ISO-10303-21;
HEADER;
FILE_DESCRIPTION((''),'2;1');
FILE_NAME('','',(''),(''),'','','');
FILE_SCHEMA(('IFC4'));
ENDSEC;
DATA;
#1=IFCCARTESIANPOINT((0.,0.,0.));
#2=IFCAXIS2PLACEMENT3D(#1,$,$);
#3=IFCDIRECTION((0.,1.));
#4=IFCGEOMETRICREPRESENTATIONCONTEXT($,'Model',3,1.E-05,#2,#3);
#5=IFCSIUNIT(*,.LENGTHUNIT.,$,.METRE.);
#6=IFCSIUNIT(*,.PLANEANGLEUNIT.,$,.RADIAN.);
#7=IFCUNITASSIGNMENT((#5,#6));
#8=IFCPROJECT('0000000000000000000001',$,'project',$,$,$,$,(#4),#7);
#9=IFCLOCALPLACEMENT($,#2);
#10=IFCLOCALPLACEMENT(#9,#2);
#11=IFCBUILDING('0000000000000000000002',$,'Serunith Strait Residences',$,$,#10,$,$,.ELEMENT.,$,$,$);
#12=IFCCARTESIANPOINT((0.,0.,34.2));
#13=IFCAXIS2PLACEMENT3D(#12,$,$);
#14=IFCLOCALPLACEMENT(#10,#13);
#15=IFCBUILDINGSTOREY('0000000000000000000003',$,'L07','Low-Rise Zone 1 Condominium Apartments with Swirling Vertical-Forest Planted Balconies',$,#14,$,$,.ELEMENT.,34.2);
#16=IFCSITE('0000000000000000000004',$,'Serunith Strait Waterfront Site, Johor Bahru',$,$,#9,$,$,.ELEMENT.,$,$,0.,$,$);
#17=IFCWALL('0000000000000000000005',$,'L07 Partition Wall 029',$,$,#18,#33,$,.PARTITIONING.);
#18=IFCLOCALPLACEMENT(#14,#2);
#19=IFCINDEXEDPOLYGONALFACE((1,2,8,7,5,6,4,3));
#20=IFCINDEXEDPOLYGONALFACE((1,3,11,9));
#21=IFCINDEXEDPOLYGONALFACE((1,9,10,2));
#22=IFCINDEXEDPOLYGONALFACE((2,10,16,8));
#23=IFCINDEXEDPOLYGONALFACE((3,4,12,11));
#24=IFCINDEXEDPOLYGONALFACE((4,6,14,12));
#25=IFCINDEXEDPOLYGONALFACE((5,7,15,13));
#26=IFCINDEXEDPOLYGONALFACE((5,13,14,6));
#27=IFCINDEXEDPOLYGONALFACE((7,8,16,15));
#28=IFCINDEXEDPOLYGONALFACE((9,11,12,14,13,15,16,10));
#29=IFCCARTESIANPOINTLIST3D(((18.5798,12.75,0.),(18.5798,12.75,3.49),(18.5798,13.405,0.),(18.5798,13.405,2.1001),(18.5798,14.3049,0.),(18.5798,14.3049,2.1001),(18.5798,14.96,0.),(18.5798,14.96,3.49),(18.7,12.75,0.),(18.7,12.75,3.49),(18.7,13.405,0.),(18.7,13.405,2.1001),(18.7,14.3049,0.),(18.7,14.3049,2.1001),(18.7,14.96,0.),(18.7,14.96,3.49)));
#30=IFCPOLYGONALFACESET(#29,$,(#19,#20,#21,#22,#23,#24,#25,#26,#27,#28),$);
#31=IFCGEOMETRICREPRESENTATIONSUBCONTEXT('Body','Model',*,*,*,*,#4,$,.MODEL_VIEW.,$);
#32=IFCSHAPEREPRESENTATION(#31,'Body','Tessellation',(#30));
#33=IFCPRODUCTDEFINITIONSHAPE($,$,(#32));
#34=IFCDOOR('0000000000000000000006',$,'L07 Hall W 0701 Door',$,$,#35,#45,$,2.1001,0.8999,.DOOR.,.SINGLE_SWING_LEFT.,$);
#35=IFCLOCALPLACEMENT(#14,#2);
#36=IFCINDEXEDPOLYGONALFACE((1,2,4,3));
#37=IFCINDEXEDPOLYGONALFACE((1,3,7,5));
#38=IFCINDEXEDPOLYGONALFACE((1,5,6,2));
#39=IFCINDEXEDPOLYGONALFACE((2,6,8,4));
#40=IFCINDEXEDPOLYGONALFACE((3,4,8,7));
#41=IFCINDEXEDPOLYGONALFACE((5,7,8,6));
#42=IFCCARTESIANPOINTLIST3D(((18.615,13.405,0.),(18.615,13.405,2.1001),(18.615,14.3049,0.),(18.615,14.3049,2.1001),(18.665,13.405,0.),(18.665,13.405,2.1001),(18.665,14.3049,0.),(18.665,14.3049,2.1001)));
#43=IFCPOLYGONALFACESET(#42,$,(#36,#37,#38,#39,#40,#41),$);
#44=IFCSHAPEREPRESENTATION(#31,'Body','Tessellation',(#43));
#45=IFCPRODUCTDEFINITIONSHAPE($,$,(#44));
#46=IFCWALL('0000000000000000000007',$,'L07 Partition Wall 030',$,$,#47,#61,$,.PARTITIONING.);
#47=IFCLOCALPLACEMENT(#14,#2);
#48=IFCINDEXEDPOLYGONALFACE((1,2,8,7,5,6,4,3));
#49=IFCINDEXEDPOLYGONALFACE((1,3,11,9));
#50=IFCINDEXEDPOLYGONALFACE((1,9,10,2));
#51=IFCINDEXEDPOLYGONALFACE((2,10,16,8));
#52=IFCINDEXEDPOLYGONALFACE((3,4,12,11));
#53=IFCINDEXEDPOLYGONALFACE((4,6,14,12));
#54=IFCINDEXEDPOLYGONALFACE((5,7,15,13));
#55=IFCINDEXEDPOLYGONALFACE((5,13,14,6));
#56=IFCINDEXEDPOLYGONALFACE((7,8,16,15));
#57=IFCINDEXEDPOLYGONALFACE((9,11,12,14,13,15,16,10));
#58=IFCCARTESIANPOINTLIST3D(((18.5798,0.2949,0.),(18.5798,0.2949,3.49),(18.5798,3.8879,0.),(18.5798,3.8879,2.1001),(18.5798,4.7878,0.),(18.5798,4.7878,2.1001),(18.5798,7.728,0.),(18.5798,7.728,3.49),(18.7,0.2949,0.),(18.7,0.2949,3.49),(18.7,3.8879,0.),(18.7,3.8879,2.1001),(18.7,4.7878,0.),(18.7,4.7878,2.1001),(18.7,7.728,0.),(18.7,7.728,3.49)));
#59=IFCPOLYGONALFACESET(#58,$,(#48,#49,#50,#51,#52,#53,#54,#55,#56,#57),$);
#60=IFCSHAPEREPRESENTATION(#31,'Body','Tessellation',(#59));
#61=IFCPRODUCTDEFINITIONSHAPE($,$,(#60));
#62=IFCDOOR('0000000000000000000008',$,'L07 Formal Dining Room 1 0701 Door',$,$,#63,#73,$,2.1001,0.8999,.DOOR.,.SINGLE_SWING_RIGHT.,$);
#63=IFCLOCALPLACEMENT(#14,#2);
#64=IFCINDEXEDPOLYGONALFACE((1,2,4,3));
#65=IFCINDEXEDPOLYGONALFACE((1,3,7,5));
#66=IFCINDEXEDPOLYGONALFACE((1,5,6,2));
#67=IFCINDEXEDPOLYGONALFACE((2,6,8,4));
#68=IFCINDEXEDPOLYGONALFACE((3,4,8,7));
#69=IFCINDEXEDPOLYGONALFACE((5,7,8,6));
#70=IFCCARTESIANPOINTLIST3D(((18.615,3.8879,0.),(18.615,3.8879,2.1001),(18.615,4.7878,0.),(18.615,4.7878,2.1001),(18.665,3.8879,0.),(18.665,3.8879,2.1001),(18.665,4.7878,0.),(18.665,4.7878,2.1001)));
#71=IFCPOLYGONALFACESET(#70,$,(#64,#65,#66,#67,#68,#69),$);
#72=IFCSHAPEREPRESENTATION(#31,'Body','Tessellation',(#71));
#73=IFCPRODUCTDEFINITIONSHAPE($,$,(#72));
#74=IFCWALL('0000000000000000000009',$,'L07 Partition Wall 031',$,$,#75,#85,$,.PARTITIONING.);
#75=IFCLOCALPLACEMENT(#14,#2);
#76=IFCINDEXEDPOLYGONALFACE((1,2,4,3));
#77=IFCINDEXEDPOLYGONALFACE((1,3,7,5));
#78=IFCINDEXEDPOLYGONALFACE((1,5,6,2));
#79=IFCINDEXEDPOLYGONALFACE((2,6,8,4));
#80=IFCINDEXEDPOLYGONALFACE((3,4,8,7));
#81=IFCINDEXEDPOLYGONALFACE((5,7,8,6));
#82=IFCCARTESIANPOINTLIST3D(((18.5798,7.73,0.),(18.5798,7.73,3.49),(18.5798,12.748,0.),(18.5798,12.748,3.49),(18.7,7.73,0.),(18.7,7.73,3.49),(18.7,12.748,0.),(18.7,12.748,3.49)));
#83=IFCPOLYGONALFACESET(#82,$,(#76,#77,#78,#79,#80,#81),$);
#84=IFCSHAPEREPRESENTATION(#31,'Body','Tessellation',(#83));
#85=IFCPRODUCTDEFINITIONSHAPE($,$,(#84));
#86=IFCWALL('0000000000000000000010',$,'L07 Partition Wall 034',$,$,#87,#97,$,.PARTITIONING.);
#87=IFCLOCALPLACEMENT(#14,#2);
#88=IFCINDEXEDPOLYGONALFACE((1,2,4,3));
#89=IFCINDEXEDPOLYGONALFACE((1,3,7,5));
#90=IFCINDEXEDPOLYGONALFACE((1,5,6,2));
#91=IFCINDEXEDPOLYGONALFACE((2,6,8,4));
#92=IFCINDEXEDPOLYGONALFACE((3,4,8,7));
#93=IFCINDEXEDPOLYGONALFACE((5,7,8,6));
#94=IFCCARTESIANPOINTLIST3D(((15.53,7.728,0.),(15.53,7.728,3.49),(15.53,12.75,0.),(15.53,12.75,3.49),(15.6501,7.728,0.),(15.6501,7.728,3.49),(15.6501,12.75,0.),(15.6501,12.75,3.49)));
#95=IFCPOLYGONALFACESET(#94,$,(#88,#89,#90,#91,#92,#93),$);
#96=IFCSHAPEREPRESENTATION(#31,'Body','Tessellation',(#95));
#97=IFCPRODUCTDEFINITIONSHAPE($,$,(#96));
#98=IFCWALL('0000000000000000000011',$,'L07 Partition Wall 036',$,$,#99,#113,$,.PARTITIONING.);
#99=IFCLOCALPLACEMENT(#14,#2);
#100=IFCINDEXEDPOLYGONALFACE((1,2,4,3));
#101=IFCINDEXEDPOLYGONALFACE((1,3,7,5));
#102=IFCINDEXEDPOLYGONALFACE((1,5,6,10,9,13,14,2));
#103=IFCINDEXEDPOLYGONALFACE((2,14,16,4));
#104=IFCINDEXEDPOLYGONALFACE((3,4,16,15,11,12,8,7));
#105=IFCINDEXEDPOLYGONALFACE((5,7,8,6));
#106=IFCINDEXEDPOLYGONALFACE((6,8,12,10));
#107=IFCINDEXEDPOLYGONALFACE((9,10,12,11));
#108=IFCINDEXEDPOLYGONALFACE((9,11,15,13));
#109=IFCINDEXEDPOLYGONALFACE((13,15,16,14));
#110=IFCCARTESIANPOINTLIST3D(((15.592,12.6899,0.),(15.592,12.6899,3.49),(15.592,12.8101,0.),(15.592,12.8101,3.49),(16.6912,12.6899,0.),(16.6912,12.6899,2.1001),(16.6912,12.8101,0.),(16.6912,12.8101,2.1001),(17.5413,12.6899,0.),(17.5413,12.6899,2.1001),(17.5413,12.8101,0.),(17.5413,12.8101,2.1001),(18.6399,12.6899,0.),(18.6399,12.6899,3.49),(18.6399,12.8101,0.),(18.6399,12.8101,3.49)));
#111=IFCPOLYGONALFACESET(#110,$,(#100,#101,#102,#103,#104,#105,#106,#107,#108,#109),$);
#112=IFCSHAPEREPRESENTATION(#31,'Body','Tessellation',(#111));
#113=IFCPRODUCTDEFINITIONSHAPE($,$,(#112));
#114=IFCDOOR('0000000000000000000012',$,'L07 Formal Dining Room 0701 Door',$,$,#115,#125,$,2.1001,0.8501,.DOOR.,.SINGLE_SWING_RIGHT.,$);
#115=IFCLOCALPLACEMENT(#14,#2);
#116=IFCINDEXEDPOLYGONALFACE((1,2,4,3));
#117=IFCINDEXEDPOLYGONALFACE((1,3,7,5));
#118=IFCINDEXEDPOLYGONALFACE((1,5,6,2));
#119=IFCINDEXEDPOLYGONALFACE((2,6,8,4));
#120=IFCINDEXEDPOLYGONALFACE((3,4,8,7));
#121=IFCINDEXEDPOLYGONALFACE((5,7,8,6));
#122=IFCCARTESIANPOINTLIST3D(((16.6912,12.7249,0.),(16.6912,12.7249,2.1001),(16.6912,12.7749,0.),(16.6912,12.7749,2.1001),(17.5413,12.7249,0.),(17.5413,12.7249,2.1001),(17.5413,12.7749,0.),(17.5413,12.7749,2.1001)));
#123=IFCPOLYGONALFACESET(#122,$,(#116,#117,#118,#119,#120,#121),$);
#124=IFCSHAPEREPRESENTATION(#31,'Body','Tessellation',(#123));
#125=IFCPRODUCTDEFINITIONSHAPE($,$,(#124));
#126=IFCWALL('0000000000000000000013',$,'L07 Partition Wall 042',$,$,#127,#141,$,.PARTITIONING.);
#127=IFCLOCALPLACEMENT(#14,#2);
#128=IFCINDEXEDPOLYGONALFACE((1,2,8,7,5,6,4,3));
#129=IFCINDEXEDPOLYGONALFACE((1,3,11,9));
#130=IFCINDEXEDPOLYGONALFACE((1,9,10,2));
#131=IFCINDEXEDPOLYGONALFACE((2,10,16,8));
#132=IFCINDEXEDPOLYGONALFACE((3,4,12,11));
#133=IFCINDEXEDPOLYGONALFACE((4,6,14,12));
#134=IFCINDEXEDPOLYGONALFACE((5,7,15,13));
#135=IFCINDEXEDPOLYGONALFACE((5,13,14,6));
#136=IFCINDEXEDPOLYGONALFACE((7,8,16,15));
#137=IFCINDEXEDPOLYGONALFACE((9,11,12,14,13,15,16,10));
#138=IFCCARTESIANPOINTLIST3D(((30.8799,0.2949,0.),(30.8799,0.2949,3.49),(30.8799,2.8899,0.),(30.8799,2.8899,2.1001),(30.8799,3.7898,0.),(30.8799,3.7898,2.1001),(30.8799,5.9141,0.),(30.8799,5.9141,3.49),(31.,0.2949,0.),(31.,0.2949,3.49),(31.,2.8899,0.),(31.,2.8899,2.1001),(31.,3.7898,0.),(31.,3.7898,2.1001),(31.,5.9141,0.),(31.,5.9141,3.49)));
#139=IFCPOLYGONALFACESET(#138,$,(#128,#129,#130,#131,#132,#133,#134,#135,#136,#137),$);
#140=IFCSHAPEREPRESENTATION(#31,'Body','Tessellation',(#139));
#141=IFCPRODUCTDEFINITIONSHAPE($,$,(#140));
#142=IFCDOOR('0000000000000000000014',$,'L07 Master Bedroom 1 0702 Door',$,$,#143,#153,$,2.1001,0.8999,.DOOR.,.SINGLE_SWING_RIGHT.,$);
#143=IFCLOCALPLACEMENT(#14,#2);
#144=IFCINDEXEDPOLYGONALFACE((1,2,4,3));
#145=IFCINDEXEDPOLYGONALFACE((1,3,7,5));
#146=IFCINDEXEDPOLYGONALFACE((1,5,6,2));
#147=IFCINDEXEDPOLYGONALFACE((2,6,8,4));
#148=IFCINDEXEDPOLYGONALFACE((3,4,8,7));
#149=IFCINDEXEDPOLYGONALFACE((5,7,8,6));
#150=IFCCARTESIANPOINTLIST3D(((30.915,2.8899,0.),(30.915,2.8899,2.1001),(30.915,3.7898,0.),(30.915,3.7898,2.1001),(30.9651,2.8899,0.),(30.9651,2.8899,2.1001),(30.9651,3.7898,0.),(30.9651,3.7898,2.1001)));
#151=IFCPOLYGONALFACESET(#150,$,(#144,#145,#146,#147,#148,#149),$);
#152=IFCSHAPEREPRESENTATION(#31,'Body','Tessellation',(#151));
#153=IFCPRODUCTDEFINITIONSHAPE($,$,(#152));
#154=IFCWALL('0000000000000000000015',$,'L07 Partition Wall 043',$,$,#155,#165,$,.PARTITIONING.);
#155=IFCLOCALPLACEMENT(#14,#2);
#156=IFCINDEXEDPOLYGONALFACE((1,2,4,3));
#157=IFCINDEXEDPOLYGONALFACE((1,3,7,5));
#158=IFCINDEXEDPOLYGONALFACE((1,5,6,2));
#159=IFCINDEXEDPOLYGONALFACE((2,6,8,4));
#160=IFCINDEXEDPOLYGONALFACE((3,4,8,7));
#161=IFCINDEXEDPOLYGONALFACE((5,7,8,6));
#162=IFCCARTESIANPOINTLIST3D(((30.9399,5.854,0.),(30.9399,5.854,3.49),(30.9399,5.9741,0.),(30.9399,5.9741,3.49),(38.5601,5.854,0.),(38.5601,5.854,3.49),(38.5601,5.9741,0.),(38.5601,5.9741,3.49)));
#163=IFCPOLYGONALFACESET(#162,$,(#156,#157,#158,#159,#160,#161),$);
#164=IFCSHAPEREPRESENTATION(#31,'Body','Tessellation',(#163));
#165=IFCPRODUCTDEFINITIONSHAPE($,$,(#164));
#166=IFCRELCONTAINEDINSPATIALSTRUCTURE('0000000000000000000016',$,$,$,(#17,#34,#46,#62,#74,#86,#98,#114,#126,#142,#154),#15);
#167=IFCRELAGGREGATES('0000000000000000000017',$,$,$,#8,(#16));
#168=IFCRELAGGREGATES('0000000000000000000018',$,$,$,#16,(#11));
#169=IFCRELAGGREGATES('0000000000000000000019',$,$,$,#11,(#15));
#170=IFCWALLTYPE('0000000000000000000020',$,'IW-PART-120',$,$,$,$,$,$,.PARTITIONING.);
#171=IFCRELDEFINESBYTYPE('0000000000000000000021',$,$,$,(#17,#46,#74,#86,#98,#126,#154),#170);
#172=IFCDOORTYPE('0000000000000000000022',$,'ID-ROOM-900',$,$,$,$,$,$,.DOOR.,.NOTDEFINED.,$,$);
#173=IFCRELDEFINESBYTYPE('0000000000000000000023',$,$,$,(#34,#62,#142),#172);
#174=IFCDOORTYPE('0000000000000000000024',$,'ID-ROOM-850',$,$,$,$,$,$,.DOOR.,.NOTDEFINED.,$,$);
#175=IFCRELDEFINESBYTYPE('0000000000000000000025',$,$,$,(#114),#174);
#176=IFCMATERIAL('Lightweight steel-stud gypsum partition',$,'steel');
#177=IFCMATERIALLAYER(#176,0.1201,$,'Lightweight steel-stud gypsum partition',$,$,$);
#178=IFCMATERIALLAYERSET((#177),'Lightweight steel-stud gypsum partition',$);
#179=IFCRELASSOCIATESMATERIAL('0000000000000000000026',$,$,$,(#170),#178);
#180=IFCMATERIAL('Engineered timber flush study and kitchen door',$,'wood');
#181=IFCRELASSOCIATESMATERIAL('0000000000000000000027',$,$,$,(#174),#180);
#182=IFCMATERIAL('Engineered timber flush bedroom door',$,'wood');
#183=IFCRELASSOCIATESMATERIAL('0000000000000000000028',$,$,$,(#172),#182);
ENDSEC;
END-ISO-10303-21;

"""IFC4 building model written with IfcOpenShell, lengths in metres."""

from ifc_helpers import new_model, si_unit, direction, frame, frame_2d, origin, place, context, subcontext, project, spatial, rectangle, extrude, source, transform, mapped, material, layer, layer_set, type_object, element, fill, save


model = new_model("IFC4")

# Units and contexts
model_context = context("Model", 3, precision=1e-05, world=origin(), true_north=direction((0.0, 1.0)))
body_context = subcontext(model_context, "Body", "Model", "MODEL_VIEW")
ifc_project = project(units=[si_unit("LENGTHUNIT", "METRE"), si_unit("PLANEANGLEUNIT", "RADIAN")], contexts=[model_context])

# Site, building, storey
site_placement = place(None, origin())
site = spatial("IfcSite", under=ifc_project, at=site_placement, Name="Serunith Strait Waterfront Site, Johor Bahru", CompositionType="ELEMENT", RefElevation=0.0)
building_placement = place(site_placement, origin())
building = spatial("IfcBuilding", under=site, at=building_placement, Name="Serunith Strait Residences", CompositionType="ELEMENT")
storey_placement = place(building_placement, frame((0.0, 0.0, 34.2)))
storey = spatial("IfcBuildingStorey", under=building, at=storey_placement, Name="L07", Description="Low-Rise Zone 1 Condominium Apartments with Swirling Vertical-Forest Planted Balconies", CompositionType="ELEMENT", Elevation=34.2)

# Shared definitions
ifc_material_1 = material(Name="Lightweight steel-stud gypsum partition", Category="steel")
ifc_layer_1 = layer(ifc_material_1, 0.1201, Name="Lightweight steel-stud gypsum partition")
ifc_layer_set_1 = layer_set([ifc_layer_1], Name="Lightweight steel-stud gypsum partition")
wall_type_1 = type_object("IfcWallType", Name="IW-PART-120", PredefinedType="PARTITIONING", material=ifc_layer_set_1)
ifc_material_2 = material(Name="Engineered timber flush study and kitchen door", Category="wood")
door_type_1 = type_object("IfcDoorType", Name="ID-ROOM-850", OperationType="NOTDEFINED", PredefinedType="DOOR", material=ifc_material_2)
shared_shape_1 = source(origin(), body_context, "Body", "SweptSolid", [
    extrude(rectangle(XDim=0.8501, YDim=2.1001, at=frame_2d((0.425, 1.05))), frame((0.0, 0.0249, 0.0), z_axis=(0.0, -1.0, 0.0), x_axis=(1.0, 0.0, 0.0)), (0.0, 0.0, 1.0), 0.05),
])

# Walls, openings, doors
wall_1_placement = place(storey_placement, frame((18.6399, 12.75, 0.0), z_axis=(0.0, 0.0, 1.0), x_axis=(0.0, 1.0, 0.0)))
wall_1 = element("IfcWall", 1, at=wall_1_placement, inside=storey, type_object=wall_type_1, Name="L07 Partition Wall 029", PredefinedType="PARTITIONING", context=body_context, shape_type="SweptSolid", body=[
    extrude(rectangle(XDim=2.21, YDim=0.1201, at=frame_2d((1.105, 0.0))), origin(), (0.0, 0.0, 1.0), 3.49),
])
opening_1_placement = place(wall_1_placement, frame((0.655, 0.0, 0.0)))
opening_1 = element("IfcOpeningElement", 2, at=opening_1_placement, cuts=wall_1, PredefinedType="OPENING", context=body_context, shape_type="SweptSolid", body=[
    extrude(rectangle(XDim=0.8999, YDim=2.1001, at=frame_2d((0.45, 1.05))), frame((0.0, 0.0701, 0.0), z_axis=(0.0, -1.0, 0.0), x_axis=(1.0, 0.0, 0.0)), (0.0, 0.0, 1.0), 0.1401),
])
ifc_material_3 = material(Name="Engineered timber flush bedroom door", Category="wood")
door_type_2 = type_object("IfcDoorType", Name="ID-ROOM-900", OperationType="NOTDEFINED", PredefinedType="DOOR", material=ifc_material_3)
shared_shape_2 = source(origin(), body_context, "Body", "SweptSolid", [
    extrude(rectangle(XDim=0.8999, YDim=2.1001, at=frame_2d((0.45, 1.05))), frame((0.0, 0.0249, 0.0), z_axis=(0.0, -1.0, 0.0), x_axis=(1.0, 0.0, 0.0)), (0.0, 0.0, 1.0), 0.05),
])
door_1_placement = place(opening_1_placement, origin())
door_1 = element("IfcDoor", 3, at=door_1_placement, inside=storey, type_object=door_type_2, Name="L07 Hall W 0701 Door", OperationType="SINGLE_SWING_LEFT", OverallHeight=2.1001, OverallWidth=0.8999, PredefinedType="DOOR", context=body_context, shape_type="MappedRepresentation", body=[
    mapped(shared_shape_2, transform((0.0, 0.0, 0.0), scale=1.0)),
])
fill(opening_1, door_1)
wall_2_placement = place(storey_placement, frame((18.6399, 0.2949, 0.0), z_axis=(0.0, 0.0, 1.0), x_axis=(0.0, 1.0, 0.0)))
wall_2 = element("IfcWall", 4, at=wall_2_placement, inside=storey, type_object=wall_type_1, Name="L07 Partition Wall 030", PredefinedType="PARTITIONING", context=body_context, shape_type="SweptSolid", body=[
    extrude(rectangle(XDim=7.4331, YDim=0.1201, at=frame_2d((3.7166, 0.0))), origin(), (0.0, 0.0, 1.0), 3.49),
])
opening_2_placement = place(wall_2_placement, frame((3.593, 0.0, 0.0)))
opening_2 = element("IfcOpeningElement", 5, at=opening_2_placement, cuts=wall_2, PredefinedType="OPENING", context=body_context, shape_type="SweptSolid", body=[
    extrude(rectangle(XDim=0.8999, YDim=2.1001, at=frame_2d((0.45, 1.05))), frame((0.0, 0.0701, 0.0), z_axis=(0.0, -1.0, 0.0), x_axis=(1.0, 0.0, 0.0)), (0.0, 0.0, 1.0), 0.1401),
])
door_2_placement = place(opening_2_placement, origin())
door_2 = element("IfcDoor", 6, at=door_2_placement, inside=storey, type_object=door_type_2, Name="L07 Formal Dining Room 1 0701 Door", OperationType="SINGLE_SWING_RIGHT", OverallHeight=2.1001, OverallWidth=0.8999, PredefinedType="DOOR", context=body_context, shape_type="MappedRepresentation", body=[
    mapped(shared_shape_2, transform((0.0, 0.0, 0.0), scale=1.0)),
])
fill(opening_2, door_2)

# Walls
wall_3_placement = place(storey_placement, frame((18.6399, 7.73, 0.0), z_axis=(0.0, 0.0, 1.0), x_axis=(0.0, 1.0, 0.0)))
element("IfcWall", 7, at=wall_3_placement, inside=storey, type_object=wall_type_1, Name="L07 Partition Wall 031", PredefinedType="PARTITIONING", context=body_context, shape_type="SweptSolid", body=[
    extrude(rectangle(XDim=5.0181, YDim=0.1201, at=frame_2d((2.509, 0.0))), origin(), (0.0, 0.0, 1.0), 3.49),
])
wall_4_placement = place(storey_placement, frame((15.5901, 7.728, 0.0), z_axis=(0.0, 0.0, 1.0), x_axis=(0.0, 1.0, 0.0)))
element("IfcWall", 8, at=wall_4_placement, inside=storey, type_object=wall_type_1, Name="L07 Partition Wall 034", PredefinedType="PARTITIONING", context=body_context, shape_type="SweptSolid", body=[
    extrude(rectangle(XDim=5.022, YDim=0.1201, at=frame_2d((2.511, 0.0))), origin(), (0.0, 0.0, 1.0), 3.49),
])

# Walls, openings, doors
wall_5_placement = place(storey_placement, frame((15.592, 12.75, 0.0), z_axis=(0.0, 0.0, 1.0), x_axis=(1.0, 0.0, 0.0)))
wall_5 = element("IfcWall", 9, at=wall_5_placement, inside=storey, type_object=wall_type_1, Name="L07 Partition Wall 036", PredefinedType="PARTITIONING", context=body_context, shape_type="SweptSolid", body=[
    extrude(rectangle(XDim=3.0479, YDim=0.1201, at=frame_2d((1.5239, 0.0))), origin(), (0.0, 0.0, 1.0), 3.49),
])
opening_3_placement = place(wall_5_placement, frame((1.0991, 0.0, 0.0)))
opening_3 = element("IfcOpeningElement", 10, at=opening_3_placement, cuts=wall_5, PredefinedType="OPENING", context=body_context, shape_type="SweptSolid", body=[
    extrude(rectangle(XDim=0.8501, YDim=2.1001, at=frame_2d((0.425, 1.05))), frame((0.0, 0.0701, 0.0), z_axis=(0.0, -1.0, 0.0), x_axis=(1.0, 0.0, 0.0)), (0.0, 0.0, 1.0), 0.1401),
])
door_3_placement = place(opening_3_placement, origin())
door_3 = element("IfcDoor", 11, at=door_3_placement, inside=storey, type_object=door_type_1, Name="L07 Formal Dining Room 0701 Door", OperationType="SINGLE_SWING_RIGHT", OverallHeight=2.1001, OverallWidth=0.8501, PredefinedType="DOOR", context=body_context, shape_type="MappedRepresentation", body=[
    mapped(shared_shape_1, transform((0.0, 0.0, 0.0), scale=1.0)),
])
fill(opening_3, door_3)
wall_6_placement = place(storey_placement, frame((30.9399, 0.2949, 0.0), z_axis=(0.0, 0.0, 1.0), x_axis=(0.0, 1.0, 0.0)))
wall_6 = element("IfcWall", 12, at=wall_6_placement, inside=storey, type_object=wall_type_1, Name="L07 Partition Wall 042", PredefinedType="PARTITIONING", context=body_context, shape_type="SweptSolid", body=[
    extrude(rectangle(XDim=5.6191, YDim=0.1201, at=frame_2d((2.8096, 0.0))), origin(), (0.0, 0.0, 1.0), 3.49),
])
opening_4_placement = place(wall_6_placement, frame((2.595, 0.0, 0.0)))
opening_4 = element("IfcOpeningElement", 13, at=opening_4_placement, cuts=wall_6, PredefinedType="OPENING", context=body_context, shape_type="SweptSolid", body=[
    extrude(rectangle(XDim=0.8999, YDim=2.1001, at=frame_2d((0.45, 1.05))), frame((0.0, 0.0701, 0.0), z_axis=(0.0, -1.0, 0.0), x_axis=(1.0, 0.0, 0.0)), (0.0, 0.0, 1.0), 0.1401),
])
door_4_placement = place(opening_4_placement, origin())
door_4 = element("IfcDoor", 14, at=door_4_placement, inside=storey, type_object=door_type_2, Name="L07 Master Bedroom 1 0702 Door", OperationType="SINGLE_SWING_RIGHT", OverallHeight=2.1001, OverallWidth=0.8999, PredefinedType="DOOR", context=body_context, shape_type="MappedRepresentation", body=[
    mapped(shared_shape_2, transform((0.0, 0.0, 0.0), scale=1.0)),
])
fill(opening_4, door_4)

# Wall
wall_7_placement = place(storey_placement, frame((30.9399, 5.9141, 0.0), z_axis=(0.0, 0.0, 1.0), x_axis=(1.0, 0.0, 0.0)))
element("IfcWall", 15, at=wall_7_placement, inside=storey, type_object=wall_type_1, Name="L07 Partition Wall 043", PredefinedType="PARTITIONING", context=body_context, shape_type="SweptSolid", body=[
    extrude(rectangle(XDim=7.6201, YDim=0.1201, at=frame_2d((3.8101, 0.0))), origin(), (0.0, 0.0, 1.0), 3.49),
])

save(model, "model.ifc")
